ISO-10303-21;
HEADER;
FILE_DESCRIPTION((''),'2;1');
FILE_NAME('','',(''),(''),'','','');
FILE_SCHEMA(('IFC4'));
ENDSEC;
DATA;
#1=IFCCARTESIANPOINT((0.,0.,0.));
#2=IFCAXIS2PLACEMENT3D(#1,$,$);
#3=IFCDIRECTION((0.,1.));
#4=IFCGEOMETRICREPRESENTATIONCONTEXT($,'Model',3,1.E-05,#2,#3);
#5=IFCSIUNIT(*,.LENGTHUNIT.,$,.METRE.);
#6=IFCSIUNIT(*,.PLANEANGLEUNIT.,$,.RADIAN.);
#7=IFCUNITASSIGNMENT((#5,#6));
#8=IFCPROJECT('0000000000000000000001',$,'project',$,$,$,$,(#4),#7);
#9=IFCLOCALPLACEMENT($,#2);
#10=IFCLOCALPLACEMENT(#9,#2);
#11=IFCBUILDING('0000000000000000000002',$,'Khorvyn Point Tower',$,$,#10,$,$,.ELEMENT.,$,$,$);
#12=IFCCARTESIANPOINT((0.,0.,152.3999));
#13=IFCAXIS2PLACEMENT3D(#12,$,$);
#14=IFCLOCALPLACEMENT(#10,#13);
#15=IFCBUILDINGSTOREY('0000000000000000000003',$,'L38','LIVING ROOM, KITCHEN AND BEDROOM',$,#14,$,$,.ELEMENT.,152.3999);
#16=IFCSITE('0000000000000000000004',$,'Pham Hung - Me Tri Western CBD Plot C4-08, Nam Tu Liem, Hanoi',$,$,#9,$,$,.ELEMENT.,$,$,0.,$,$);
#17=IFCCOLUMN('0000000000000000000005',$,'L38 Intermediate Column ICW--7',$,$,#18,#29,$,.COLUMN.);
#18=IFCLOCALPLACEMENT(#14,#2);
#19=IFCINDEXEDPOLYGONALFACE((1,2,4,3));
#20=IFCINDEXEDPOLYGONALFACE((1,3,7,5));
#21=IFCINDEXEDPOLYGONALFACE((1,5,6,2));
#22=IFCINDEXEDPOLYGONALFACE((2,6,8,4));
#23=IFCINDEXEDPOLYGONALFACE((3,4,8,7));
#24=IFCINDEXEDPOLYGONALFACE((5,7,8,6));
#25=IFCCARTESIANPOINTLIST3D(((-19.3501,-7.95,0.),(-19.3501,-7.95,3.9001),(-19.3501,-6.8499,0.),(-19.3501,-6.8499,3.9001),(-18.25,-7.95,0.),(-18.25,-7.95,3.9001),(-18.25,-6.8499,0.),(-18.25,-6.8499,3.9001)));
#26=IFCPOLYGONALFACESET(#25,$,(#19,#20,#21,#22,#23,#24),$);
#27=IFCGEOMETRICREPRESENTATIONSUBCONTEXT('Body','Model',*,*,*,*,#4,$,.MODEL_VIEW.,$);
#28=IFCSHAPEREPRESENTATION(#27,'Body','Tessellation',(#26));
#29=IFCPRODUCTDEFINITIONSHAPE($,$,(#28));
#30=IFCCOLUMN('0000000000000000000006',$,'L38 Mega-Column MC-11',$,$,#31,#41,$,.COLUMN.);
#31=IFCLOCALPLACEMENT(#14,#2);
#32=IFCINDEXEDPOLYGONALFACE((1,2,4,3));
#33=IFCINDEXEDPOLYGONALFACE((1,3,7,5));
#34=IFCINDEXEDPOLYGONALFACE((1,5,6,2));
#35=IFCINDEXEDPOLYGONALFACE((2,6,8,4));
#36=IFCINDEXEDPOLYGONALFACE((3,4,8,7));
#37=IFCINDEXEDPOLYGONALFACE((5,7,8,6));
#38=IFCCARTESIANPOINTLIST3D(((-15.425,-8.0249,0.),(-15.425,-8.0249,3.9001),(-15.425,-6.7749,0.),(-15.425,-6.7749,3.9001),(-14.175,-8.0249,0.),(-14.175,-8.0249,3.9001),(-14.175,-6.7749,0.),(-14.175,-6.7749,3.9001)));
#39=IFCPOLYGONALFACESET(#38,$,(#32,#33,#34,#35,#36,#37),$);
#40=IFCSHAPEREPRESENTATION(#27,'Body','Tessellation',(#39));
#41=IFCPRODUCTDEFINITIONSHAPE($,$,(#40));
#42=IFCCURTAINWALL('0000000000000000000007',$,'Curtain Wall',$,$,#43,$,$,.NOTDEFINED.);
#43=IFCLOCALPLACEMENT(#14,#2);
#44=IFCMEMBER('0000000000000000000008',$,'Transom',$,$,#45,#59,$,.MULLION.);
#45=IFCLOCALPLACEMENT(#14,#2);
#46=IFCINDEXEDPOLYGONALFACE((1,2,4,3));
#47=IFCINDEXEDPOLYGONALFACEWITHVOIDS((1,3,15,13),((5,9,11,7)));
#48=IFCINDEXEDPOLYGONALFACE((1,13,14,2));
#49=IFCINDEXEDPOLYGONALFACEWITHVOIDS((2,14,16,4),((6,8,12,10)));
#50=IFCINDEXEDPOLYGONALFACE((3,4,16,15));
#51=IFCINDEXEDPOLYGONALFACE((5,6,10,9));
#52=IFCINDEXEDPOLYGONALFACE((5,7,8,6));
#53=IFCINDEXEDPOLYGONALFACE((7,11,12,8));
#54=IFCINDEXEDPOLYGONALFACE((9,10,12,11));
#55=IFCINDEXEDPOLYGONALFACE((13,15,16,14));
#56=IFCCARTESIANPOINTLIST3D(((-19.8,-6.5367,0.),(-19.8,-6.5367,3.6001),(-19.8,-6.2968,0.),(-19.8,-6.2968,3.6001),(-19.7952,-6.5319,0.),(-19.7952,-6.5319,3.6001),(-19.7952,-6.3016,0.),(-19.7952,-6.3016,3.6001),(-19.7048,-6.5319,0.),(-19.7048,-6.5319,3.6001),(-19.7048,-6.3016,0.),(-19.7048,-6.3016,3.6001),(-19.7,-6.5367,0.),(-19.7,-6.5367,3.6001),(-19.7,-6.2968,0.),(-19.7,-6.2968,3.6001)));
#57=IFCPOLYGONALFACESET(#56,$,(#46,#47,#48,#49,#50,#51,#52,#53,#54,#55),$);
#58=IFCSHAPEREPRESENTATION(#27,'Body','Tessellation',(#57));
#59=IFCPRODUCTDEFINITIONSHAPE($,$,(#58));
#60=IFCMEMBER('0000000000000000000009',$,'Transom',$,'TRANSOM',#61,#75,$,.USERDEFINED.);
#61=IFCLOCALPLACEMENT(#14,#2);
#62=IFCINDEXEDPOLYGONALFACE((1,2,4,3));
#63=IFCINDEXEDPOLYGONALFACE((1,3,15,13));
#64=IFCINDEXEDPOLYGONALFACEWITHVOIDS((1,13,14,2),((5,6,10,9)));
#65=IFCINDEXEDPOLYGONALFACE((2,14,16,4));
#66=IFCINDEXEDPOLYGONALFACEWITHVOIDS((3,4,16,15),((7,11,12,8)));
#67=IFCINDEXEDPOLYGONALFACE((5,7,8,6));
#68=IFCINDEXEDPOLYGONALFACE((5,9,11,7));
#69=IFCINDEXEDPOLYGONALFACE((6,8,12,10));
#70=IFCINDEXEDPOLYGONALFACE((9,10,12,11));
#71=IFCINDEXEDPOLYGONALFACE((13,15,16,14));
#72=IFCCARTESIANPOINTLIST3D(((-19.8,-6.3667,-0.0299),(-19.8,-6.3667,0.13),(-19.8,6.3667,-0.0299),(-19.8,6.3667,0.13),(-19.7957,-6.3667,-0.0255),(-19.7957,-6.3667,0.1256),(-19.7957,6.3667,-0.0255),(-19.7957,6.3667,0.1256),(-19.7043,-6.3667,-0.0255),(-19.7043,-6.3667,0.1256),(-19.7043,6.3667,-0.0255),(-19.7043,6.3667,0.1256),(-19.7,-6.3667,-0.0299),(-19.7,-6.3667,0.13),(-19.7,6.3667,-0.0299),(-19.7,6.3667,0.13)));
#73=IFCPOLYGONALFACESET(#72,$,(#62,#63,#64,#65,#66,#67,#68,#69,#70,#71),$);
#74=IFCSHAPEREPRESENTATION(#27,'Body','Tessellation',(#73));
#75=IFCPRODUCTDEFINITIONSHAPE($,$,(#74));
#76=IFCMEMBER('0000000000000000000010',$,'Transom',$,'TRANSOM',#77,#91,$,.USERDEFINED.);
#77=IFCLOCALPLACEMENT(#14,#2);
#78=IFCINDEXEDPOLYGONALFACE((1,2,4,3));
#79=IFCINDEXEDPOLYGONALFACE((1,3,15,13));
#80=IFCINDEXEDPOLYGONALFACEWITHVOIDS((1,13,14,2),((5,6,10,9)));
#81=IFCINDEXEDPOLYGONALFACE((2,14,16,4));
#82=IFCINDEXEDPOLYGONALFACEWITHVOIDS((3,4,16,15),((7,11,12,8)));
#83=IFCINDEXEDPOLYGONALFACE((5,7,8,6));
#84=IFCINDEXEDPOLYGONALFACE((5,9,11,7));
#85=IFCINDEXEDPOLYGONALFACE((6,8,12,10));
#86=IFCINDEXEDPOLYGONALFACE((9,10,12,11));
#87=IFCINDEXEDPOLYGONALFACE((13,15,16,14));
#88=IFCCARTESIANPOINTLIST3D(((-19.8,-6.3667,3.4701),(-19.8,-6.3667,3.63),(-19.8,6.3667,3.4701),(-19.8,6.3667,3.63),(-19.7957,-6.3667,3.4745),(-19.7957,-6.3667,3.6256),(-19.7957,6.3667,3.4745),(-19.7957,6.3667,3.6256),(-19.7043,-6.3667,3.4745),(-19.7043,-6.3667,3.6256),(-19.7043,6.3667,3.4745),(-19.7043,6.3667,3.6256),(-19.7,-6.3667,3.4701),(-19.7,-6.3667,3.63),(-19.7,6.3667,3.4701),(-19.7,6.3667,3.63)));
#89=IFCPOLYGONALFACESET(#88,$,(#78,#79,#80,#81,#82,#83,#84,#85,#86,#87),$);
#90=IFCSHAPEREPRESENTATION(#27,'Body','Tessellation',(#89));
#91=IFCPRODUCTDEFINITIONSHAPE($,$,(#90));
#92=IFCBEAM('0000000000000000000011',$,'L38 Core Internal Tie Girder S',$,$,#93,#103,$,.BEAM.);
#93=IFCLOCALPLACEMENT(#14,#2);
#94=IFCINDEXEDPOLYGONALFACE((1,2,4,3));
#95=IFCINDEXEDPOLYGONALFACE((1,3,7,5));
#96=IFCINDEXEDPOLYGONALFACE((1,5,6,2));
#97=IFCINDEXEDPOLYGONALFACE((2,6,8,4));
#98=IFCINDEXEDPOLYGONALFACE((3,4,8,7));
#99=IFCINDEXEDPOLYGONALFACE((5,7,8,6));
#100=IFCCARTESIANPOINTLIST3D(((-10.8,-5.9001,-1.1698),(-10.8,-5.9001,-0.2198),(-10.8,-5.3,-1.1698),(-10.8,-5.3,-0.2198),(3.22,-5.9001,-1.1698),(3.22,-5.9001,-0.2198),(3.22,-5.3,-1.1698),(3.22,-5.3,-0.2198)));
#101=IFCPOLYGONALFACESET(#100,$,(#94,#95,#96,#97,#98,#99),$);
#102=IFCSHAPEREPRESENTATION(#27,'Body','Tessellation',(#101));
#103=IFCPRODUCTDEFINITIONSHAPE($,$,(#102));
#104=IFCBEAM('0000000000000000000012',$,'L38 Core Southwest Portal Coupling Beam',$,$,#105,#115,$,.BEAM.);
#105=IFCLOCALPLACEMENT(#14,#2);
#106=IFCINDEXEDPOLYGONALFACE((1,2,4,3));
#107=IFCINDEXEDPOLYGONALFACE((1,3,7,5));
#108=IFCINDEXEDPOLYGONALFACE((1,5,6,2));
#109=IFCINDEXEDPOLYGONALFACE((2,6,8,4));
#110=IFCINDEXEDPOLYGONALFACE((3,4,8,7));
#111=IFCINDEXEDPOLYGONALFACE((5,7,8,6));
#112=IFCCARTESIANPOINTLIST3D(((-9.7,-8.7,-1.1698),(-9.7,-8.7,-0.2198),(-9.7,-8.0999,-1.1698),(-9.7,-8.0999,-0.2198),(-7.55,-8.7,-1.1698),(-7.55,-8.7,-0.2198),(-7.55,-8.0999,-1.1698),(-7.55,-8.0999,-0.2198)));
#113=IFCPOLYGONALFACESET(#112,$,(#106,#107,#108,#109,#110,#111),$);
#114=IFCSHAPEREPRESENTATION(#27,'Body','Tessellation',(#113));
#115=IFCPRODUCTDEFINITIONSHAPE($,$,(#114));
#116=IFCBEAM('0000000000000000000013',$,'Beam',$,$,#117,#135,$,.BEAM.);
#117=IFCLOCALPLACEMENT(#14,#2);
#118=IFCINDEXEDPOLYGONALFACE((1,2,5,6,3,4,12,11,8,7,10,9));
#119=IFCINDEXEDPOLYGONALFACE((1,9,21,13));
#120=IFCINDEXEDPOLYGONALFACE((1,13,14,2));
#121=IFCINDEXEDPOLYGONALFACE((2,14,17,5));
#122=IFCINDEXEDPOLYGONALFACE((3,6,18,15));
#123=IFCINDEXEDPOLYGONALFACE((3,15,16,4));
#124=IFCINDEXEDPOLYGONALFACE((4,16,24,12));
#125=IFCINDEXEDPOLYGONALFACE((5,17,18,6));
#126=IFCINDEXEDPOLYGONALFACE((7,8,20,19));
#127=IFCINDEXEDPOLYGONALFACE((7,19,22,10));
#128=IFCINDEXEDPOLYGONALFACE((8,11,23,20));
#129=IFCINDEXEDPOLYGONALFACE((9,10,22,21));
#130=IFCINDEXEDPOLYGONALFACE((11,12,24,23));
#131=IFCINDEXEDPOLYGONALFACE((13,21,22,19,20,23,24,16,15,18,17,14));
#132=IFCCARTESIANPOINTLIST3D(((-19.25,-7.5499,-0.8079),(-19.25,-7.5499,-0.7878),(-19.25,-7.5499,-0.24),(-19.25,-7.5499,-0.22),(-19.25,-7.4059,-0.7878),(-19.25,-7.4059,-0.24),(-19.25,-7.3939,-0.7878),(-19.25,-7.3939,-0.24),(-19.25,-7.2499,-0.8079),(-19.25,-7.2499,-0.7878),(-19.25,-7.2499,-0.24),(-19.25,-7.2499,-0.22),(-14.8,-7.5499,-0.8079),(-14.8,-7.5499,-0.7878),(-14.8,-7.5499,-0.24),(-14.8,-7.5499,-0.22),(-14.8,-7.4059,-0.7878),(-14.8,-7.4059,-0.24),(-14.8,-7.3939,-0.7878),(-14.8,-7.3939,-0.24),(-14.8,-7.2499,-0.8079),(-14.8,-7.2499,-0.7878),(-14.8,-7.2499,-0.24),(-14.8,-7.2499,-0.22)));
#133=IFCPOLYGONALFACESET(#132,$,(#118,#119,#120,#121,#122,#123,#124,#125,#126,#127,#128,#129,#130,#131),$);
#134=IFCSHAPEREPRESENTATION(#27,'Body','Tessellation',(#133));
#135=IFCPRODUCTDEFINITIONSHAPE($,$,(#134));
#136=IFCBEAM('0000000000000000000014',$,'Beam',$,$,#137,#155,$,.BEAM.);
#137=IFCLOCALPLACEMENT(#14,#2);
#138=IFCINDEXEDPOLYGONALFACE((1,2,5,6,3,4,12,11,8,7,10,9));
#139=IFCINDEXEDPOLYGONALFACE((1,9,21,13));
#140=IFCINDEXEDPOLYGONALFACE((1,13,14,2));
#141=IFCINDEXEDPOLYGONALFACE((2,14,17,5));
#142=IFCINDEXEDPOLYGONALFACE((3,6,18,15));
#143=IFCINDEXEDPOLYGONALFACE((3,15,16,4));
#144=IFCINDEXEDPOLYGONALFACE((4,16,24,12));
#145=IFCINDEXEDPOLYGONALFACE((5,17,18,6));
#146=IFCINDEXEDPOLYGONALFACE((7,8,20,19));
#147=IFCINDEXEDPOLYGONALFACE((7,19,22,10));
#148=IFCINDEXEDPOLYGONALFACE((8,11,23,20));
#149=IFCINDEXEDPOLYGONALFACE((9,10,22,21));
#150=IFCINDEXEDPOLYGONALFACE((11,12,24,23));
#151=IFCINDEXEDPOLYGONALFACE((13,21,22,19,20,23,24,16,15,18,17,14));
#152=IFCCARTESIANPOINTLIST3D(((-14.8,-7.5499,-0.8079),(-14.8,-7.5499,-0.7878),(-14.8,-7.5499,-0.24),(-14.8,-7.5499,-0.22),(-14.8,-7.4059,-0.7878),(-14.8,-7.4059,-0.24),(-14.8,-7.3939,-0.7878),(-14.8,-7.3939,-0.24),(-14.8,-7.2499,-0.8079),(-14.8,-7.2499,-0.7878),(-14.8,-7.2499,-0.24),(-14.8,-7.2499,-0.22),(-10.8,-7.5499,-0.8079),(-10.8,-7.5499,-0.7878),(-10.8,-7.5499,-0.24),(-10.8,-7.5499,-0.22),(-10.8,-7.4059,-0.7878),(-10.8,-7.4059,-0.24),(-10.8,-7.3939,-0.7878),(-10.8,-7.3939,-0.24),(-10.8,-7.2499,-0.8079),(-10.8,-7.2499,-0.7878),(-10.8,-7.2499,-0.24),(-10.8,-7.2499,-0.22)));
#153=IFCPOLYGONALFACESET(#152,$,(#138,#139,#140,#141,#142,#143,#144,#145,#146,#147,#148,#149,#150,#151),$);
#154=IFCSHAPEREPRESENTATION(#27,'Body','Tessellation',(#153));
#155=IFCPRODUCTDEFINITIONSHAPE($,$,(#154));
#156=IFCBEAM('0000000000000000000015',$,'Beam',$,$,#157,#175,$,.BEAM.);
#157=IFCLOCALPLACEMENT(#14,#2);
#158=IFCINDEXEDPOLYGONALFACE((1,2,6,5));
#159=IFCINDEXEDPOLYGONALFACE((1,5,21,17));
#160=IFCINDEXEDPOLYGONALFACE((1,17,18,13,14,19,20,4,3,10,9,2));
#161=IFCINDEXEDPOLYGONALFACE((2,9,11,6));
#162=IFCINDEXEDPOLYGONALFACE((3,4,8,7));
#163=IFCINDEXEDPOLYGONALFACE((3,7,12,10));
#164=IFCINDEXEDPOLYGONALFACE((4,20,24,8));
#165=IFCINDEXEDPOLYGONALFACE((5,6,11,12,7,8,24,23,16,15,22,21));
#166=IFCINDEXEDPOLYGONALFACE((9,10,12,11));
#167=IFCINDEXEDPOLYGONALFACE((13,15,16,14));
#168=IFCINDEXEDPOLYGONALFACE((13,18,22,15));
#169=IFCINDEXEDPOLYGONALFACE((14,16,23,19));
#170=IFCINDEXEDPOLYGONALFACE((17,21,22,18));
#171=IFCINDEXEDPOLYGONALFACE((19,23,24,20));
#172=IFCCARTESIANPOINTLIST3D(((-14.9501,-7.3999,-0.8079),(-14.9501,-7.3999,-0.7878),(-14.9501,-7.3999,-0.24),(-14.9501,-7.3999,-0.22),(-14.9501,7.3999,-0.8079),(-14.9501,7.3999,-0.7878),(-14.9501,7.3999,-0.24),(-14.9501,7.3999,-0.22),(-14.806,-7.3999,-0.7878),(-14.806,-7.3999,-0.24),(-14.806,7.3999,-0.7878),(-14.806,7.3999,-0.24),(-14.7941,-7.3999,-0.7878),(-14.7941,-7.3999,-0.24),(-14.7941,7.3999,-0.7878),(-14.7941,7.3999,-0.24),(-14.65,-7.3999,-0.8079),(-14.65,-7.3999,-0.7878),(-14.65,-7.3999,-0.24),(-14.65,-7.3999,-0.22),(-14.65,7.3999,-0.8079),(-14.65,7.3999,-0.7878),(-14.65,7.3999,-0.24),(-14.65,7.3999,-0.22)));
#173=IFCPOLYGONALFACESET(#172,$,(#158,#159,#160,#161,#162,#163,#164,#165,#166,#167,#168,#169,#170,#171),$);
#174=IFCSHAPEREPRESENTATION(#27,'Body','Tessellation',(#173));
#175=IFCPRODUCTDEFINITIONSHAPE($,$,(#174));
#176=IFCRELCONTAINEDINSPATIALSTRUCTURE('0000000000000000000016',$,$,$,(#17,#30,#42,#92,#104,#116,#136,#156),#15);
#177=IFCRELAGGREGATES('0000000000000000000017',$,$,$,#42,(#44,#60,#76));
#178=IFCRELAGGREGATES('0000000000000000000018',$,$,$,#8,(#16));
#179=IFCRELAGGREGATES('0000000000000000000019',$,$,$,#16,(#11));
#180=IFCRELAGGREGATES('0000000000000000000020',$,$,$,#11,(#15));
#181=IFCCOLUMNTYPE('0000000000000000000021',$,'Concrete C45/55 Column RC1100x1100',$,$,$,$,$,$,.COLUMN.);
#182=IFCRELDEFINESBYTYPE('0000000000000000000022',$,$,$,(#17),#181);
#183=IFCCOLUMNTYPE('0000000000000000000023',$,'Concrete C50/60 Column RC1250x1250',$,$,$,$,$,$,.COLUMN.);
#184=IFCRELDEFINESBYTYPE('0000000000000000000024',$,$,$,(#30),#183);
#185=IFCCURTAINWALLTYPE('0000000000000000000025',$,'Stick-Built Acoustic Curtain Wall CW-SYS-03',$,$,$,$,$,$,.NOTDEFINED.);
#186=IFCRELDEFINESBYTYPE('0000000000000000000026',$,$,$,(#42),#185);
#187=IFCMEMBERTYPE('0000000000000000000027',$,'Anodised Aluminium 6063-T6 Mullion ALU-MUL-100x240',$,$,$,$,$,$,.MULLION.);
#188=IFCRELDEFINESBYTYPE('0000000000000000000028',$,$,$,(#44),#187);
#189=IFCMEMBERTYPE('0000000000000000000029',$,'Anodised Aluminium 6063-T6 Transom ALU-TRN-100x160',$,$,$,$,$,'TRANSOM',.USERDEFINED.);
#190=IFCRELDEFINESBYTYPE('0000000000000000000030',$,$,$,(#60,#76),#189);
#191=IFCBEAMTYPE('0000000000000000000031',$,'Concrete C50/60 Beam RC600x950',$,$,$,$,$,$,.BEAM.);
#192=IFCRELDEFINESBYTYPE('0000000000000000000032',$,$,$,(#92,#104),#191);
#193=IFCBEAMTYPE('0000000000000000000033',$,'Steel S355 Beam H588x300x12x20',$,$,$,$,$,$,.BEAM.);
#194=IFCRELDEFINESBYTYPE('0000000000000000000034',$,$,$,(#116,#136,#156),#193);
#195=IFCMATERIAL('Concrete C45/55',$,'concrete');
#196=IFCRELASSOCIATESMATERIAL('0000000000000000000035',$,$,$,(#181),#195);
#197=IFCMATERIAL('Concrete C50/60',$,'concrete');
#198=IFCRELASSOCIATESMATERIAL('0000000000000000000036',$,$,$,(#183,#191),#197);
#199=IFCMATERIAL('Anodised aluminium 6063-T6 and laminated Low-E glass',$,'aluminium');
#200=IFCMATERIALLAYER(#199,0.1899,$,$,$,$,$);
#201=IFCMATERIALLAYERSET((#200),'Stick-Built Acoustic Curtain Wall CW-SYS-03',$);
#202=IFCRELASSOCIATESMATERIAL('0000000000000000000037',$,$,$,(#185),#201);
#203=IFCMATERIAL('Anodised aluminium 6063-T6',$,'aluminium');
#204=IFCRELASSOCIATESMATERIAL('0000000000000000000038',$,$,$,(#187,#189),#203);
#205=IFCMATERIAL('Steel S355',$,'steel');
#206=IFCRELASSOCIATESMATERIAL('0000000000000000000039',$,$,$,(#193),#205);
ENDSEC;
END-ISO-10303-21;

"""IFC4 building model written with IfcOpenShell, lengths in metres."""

from ifc_helpers import new_model, si_unit, direction, frame, origin, origin_2d, place, context, subcontext, project, spatial, rectangle, hollow_rectangle, i_section, extrude, material, layer, layer_set, material_profile, profile_set, type_object, element, aggregate, save


model = new_model("IFC4")

# Units and contexts
model_context = context("Model", 3, precision=1e-05, world=origin(), true_north=direction((0.0, 1.0)))
body_context = subcontext(model_context, "Body", "Model", "MODEL_VIEW")
ifc_project = project(units=[si_unit("LENGTHUNIT", "METRE"), si_unit("PLANEANGLEUNIT", "RADIAN")], contexts=[model_context])

# Site, building, storey
site_placement = place(None, origin())
site = spatial("IfcSite", under=ifc_project, at=site_placement, Name="Pham Hung - Me Tri Western CBD Plot C4-08, Nam Tu Liem, Hanoi", CompositionType="ELEMENT", RefElevation=0.0)
building_placement = place(site_placement, origin())
building = spatial("IfcBuilding", under=site, at=building_placement, Name="Khorvyn Point Tower", CompositionType="ELEMENT")
storey_placement = place(building_placement, frame((0.0, 0.0, 152.3999)))
storey = spatial("IfcBuildingStorey", under=building, at=storey_placement, Name="L38", Description="LIVING ROOM, KITCHEN AND BEDROOM", CompositionType="ELEMENT", Elevation=152.3999)

# Columns
ifc_material_1 = material(Name="Concrete C45/55", Category="concrete")
ifc_material_profile_1 = material_profile(ifc_material_1, rectangle(XDim=1.1001, YDim=1.1001, at=origin_2d()))
ifc_profile_set_1 = profile_set([ifc_material_profile_1], Name="Concrete C45/55 RC1100x1100")
column_type_1 = type_object("IfcColumnType", Name="Concrete C45/55 Column RC1100x1100", PredefinedType="COLUMN", material=ifc_profile_set_1)
column_1_placement = place(storey_placement, frame((-18.8, -7.3999, 0.0), z_axis=(0.0, 0.0, 1.0), x_axis=(1.0, 0.0, 0.0)))
element("IfcColumn", 1, at=column_1_placement, inside=storey, type_object=column_type_1, Name="L38 Intermediate Column ICW--7", PredefinedType="COLUMN", context=body_context, shape_type="SweptSolid", body=[
    extrude(rectangle(XDim=1.1001, YDim=1.1001, at=origin_2d()), origin(), (0.0, 0.0, 1.0), 3.9001),
])
ifc_material_2 = material(Name="Concrete C50/60", Category="concrete")
ifc_material_profile_2 = material_profile(ifc_material_2, rectangle(XDim=1.25, YDim=1.25, at=origin_2d()))
ifc_profile_set_2 = profile_set([ifc_material_profile_2], Name="Concrete C50/60 RC1250x1250")
column_type_2 = type_object("IfcColumnType", Name="Concrete C50/60 Column RC1250x1250", PredefinedType="COLUMN", material=ifc_profile_set_2)
column_2_placement = place(storey_placement, frame((-14.8, -7.3999, 0.0), z_axis=(0.0, 0.0, 1.0), x_axis=(1.0, 0.0, 0.0)))
element("IfcColumn", 2, at=column_2_placement, inside=storey, type_object=column_type_2, Name="L38 Mega-Column MC-11", PredefinedType="COLUMN", context=body_context, shape_type="SweptSolid", body=[
    extrude(rectangle(XDim=1.25, YDim=1.25, at=origin_2d()), origin(), (0.0, 0.0, 1.0), 3.9001),
])

# Curtain wall, members
ifc_material_3 = material(Name="Anodised aluminium 6063-T6 and laminated Low-E glass", Category="aluminium")
ifc_layer_1 = layer(ifc_material_3, 0.1899)
ifc_layer_set_1 = layer_set([ifc_layer_1], Name="Stick-Built Acoustic Curtain Wall CW-SYS-03")
curtain_wall_type = type_object("IfcCurtainWallType", Name="Stick-Built Acoustic Curtain Wall CW-SYS-03", PredefinedType="NOTDEFINED", material=ifc_layer_set_1)
curtain_wall_placement = place(storey_placement, origin())
curtain_wall = element("IfcCurtainWall", 3, at=curtain_wall_placement, inside=storey, type_object=curtain_wall_type, Name="Curtain Wall", PredefinedType="NOTDEFINED")
ifc_material_4 = material(Name="Anodised aluminium 6063-T6", Category="aluminium")
ifc_material_profile_3 = material_profile(ifc_material_4, hollow_rectangle(XDim=0.1001, YDim=0.24, WallThickness=0.0049, at=origin_2d()))
ifc_profile_set_3 = profile_set([ifc_material_profile_3], Name="Anodised aluminium 6063-T6 ALU-MUL-100x240")
member_type_1 = type_object("IfcMemberType", Name="Anodised Aluminium 6063-T6 Mullion ALU-MUL-100x240", PredefinedType="MULLION", material=ifc_profile_set_3)
member_1_placement = place(storey_placement, frame((-19.75, -6.4167, 0.0), z_axis=(0.0, 0.0, 1.0), x_axis=(-1.0, 0.0, 0.0)))
member_1 = element("IfcMember", 4, at=member_1_placement, type_object=member_type_1, Name="Transom", PredefinedType="MULLION", context=body_context, shape_type="SweptSolid", body=[
    extrude(hollow_rectangle(XDim=0.1001, YDim=0.24, WallThickness=0.0049, at=origin_2d()), origin(), (0.0, 0.0, 1.0), 3.6001),
])
ifc_material_profile_4 = material_profile(ifc_material_4, hollow_rectangle(XDim=0.1001, YDim=0.1599, WallThickness=0.0044, at=origin_2d()))
ifc_profile_set_4 = profile_set([ifc_material_profile_4], Name="Anodised aluminium 6063-T6 ALU-TRN-100x160")
member_type_2 = type_object("IfcMemberType", Name="Anodised Aluminium 6063-T6 Transom ALU-TRN-100x160", ElementType="TRANSOM", PredefinedType="USERDEFINED", material=ifc_profile_set_4)
member_2_placement = place(storey_placement, frame((-19.75, -6.3667, 0.05), z_axis=(0.0, 1.0, 0.0), x_axis=(-1.0, 0.0, 0.0)))
member_2 = element("IfcMember", 5, at=member_2_placement, type_object=member_type_2, Name="Transom", ObjectType="TRANSOM", PredefinedType="USERDEFINED", context=body_context, shape_type="SweptSolid", body=[
    extrude(hollow_rectangle(XDim=0.1001, YDim=0.1599, WallThickness=0.0044, at=origin_2d()), origin(), (0.0, 0.0, 1.0), 12.7334),
])
member_3_placement = place(storey_placement, frame((-19.75, -6.3667, 3.55), z_axis=(0.0, 1.0, 0.0), x_axis=(-1.0, 0.0, 0.0)))
member_3 = element("IfcMember", 6, at=member_3_placement, type_object=member_type_2, Name="Transom", ObjectType="TRANSOM", PredefinedType="USERDEFINED", context=body_context, shape_type="SweptSolid", body=[
    extrude(hollow_rectangle(XDim=0.1001, YDim=0.1599, WallThickness=0.0044, at=origin_2d()), origin(), (0.0, 0.0, 1.0), 12.7334),
])

# Beams
ifc_material_profile_5 = material_profile(ifc_material_2, rectangle(XDim=0.6001, YDim=0.95, at=origin_2d()))
ifc_profile_set_5 = profile_set([ifc_material_profile_5], Name="Concrete C50/60 RC600x950")
beam_type_1 = type_object("IfcBeamType", Name="Concrete C50/60 Beam RC600x950", PredefinedType="BEAM", material=ifc_profile_set_5)
beam_1_placement = place(storey_placement, frame((-10.8, -5.6001, -0.6948), z_axis=(1.0, 0.0, 0.0), x_axis=(0.0, 1.0, 0.0)))
element("IfcBeam", 7, at=beam_1_placement, inside=storey, type_object=beam_type_1, Name="L38 Core Internal Tie Girder S", PredefinedType="BEAM", context=body_context, shape_type="SweptSolid", body=[
    extrude(rectangle(XDim=0.6001, YDim=0.95, at=origin_2d()), origin(), (0.0, 0.0, 1.0), 14.02),
])
beam_2_placement = place(storey_placement, frame((-9.7, -8.3999, -0.6948), z_axis=(1.0, 0.0, 0.0), x_axis=(0.0, 1.0, 0.0)))
element("IfcBeam", 8, at=beam_2_placement, inside=storey, type_object=beam_type_1, Name="L38 Core Southwest Portal Coupling Beam", PredefinedType="BEAM", context=body_context, shape_type="SweptSolid", body=[
    extrude(rectangle(XDim=0.6001, YDim=0.95, at=origin_2d()), origin(), (0.0, 0.0, 1.0), 2.1499),
])
ifc_material_5 = material(Name="Steel S355", Category="steel")
ifc_material_profile_6 = material_profile(ifc_material_5, i_section(OverallWidth=0.3, OverallDepth=0.5879, WebThickness=0.012, FlangeThickness=0.02, at=origin_2d()))
ifc_profile_set_6 = profile_set([ifc_material_profile_6], Name="Steel S355 H588x300x12x20")
beam_type_2 = type_object("IfcBeamType", Name="Steel S355 Beam H588x300x12x20", PredefinedType="BEAM", material=ifc_profile_set_6)
beam_3_placement = place(storey_placement, frame((-19.25, -7.3999, -0.5139), z_axis=(1.0, 0.0, 0.0), x_axis=(0.0, 1.0, 0.0)))
element("IfcBeam", 9, at=beam_3_placement, inside=storey, type_object=beam_type_2, Name="Beam", PredefinedType="BEAM", context=body_context, shape_type="SweptSolid", body=[
    extrude(i_section(OverallWidth=0.3, OverallDepth=0.5879, WebThickness=0.012, FlangeThickness=0.02, at=origin_2d()), origin(), (0.0, 0.0, 1.0), 4.45),
])
beam_4_placement = place(storey_placement, frame((-14.8, -7.3999, -0.5139), z_axis=(1.0, 0.0, 0.0), x_axis=(0.0, 1.0, 0.0)))
element("IfcBeam", 10, at=beam_4_placement, inside=storey, type_object=beam_type_2, Name="Beam", PredefinedType="BEAM", context=body_context, shape_type="SweptSolid", body=[
    extrude(i_section(OverallWidth=0.3, OverallDepth=0.5879, WebThickness=0.012, FlangeThickness=0.02, at=origin_2d()), origin(), (0.0, 0.0, 1.0), 4.0),
])
for number, where, z_axis, x_axis, name in (
    (11, (-14.8, -7.3999, -0.5139), (0.0, 1.0, 0.0), (-1.0, 0.0, 0.0), "Beam"),
):
    element("IfcBeam", number, at=place(storey_placement, frame(where, z_axis=z_axis, x_axis=x_axis)), inside=storey, type_object=beam_type_2, Name=name, PredefinedType="BEAM", context=body_context, shape_type="SweptSolid", body=[
        extrude(i_section(OverallWidth=0.3, OverallDepth=0.5879, WebThickness=0.012, FlangeThickness=0.02, at=origin_2d()), origin(), (0.0, 0.0, 1.0), 14.7998),
    ])

aggregate(curtain_wall, [member_1, member_2, member_3])

save(model, "model.ifc")
